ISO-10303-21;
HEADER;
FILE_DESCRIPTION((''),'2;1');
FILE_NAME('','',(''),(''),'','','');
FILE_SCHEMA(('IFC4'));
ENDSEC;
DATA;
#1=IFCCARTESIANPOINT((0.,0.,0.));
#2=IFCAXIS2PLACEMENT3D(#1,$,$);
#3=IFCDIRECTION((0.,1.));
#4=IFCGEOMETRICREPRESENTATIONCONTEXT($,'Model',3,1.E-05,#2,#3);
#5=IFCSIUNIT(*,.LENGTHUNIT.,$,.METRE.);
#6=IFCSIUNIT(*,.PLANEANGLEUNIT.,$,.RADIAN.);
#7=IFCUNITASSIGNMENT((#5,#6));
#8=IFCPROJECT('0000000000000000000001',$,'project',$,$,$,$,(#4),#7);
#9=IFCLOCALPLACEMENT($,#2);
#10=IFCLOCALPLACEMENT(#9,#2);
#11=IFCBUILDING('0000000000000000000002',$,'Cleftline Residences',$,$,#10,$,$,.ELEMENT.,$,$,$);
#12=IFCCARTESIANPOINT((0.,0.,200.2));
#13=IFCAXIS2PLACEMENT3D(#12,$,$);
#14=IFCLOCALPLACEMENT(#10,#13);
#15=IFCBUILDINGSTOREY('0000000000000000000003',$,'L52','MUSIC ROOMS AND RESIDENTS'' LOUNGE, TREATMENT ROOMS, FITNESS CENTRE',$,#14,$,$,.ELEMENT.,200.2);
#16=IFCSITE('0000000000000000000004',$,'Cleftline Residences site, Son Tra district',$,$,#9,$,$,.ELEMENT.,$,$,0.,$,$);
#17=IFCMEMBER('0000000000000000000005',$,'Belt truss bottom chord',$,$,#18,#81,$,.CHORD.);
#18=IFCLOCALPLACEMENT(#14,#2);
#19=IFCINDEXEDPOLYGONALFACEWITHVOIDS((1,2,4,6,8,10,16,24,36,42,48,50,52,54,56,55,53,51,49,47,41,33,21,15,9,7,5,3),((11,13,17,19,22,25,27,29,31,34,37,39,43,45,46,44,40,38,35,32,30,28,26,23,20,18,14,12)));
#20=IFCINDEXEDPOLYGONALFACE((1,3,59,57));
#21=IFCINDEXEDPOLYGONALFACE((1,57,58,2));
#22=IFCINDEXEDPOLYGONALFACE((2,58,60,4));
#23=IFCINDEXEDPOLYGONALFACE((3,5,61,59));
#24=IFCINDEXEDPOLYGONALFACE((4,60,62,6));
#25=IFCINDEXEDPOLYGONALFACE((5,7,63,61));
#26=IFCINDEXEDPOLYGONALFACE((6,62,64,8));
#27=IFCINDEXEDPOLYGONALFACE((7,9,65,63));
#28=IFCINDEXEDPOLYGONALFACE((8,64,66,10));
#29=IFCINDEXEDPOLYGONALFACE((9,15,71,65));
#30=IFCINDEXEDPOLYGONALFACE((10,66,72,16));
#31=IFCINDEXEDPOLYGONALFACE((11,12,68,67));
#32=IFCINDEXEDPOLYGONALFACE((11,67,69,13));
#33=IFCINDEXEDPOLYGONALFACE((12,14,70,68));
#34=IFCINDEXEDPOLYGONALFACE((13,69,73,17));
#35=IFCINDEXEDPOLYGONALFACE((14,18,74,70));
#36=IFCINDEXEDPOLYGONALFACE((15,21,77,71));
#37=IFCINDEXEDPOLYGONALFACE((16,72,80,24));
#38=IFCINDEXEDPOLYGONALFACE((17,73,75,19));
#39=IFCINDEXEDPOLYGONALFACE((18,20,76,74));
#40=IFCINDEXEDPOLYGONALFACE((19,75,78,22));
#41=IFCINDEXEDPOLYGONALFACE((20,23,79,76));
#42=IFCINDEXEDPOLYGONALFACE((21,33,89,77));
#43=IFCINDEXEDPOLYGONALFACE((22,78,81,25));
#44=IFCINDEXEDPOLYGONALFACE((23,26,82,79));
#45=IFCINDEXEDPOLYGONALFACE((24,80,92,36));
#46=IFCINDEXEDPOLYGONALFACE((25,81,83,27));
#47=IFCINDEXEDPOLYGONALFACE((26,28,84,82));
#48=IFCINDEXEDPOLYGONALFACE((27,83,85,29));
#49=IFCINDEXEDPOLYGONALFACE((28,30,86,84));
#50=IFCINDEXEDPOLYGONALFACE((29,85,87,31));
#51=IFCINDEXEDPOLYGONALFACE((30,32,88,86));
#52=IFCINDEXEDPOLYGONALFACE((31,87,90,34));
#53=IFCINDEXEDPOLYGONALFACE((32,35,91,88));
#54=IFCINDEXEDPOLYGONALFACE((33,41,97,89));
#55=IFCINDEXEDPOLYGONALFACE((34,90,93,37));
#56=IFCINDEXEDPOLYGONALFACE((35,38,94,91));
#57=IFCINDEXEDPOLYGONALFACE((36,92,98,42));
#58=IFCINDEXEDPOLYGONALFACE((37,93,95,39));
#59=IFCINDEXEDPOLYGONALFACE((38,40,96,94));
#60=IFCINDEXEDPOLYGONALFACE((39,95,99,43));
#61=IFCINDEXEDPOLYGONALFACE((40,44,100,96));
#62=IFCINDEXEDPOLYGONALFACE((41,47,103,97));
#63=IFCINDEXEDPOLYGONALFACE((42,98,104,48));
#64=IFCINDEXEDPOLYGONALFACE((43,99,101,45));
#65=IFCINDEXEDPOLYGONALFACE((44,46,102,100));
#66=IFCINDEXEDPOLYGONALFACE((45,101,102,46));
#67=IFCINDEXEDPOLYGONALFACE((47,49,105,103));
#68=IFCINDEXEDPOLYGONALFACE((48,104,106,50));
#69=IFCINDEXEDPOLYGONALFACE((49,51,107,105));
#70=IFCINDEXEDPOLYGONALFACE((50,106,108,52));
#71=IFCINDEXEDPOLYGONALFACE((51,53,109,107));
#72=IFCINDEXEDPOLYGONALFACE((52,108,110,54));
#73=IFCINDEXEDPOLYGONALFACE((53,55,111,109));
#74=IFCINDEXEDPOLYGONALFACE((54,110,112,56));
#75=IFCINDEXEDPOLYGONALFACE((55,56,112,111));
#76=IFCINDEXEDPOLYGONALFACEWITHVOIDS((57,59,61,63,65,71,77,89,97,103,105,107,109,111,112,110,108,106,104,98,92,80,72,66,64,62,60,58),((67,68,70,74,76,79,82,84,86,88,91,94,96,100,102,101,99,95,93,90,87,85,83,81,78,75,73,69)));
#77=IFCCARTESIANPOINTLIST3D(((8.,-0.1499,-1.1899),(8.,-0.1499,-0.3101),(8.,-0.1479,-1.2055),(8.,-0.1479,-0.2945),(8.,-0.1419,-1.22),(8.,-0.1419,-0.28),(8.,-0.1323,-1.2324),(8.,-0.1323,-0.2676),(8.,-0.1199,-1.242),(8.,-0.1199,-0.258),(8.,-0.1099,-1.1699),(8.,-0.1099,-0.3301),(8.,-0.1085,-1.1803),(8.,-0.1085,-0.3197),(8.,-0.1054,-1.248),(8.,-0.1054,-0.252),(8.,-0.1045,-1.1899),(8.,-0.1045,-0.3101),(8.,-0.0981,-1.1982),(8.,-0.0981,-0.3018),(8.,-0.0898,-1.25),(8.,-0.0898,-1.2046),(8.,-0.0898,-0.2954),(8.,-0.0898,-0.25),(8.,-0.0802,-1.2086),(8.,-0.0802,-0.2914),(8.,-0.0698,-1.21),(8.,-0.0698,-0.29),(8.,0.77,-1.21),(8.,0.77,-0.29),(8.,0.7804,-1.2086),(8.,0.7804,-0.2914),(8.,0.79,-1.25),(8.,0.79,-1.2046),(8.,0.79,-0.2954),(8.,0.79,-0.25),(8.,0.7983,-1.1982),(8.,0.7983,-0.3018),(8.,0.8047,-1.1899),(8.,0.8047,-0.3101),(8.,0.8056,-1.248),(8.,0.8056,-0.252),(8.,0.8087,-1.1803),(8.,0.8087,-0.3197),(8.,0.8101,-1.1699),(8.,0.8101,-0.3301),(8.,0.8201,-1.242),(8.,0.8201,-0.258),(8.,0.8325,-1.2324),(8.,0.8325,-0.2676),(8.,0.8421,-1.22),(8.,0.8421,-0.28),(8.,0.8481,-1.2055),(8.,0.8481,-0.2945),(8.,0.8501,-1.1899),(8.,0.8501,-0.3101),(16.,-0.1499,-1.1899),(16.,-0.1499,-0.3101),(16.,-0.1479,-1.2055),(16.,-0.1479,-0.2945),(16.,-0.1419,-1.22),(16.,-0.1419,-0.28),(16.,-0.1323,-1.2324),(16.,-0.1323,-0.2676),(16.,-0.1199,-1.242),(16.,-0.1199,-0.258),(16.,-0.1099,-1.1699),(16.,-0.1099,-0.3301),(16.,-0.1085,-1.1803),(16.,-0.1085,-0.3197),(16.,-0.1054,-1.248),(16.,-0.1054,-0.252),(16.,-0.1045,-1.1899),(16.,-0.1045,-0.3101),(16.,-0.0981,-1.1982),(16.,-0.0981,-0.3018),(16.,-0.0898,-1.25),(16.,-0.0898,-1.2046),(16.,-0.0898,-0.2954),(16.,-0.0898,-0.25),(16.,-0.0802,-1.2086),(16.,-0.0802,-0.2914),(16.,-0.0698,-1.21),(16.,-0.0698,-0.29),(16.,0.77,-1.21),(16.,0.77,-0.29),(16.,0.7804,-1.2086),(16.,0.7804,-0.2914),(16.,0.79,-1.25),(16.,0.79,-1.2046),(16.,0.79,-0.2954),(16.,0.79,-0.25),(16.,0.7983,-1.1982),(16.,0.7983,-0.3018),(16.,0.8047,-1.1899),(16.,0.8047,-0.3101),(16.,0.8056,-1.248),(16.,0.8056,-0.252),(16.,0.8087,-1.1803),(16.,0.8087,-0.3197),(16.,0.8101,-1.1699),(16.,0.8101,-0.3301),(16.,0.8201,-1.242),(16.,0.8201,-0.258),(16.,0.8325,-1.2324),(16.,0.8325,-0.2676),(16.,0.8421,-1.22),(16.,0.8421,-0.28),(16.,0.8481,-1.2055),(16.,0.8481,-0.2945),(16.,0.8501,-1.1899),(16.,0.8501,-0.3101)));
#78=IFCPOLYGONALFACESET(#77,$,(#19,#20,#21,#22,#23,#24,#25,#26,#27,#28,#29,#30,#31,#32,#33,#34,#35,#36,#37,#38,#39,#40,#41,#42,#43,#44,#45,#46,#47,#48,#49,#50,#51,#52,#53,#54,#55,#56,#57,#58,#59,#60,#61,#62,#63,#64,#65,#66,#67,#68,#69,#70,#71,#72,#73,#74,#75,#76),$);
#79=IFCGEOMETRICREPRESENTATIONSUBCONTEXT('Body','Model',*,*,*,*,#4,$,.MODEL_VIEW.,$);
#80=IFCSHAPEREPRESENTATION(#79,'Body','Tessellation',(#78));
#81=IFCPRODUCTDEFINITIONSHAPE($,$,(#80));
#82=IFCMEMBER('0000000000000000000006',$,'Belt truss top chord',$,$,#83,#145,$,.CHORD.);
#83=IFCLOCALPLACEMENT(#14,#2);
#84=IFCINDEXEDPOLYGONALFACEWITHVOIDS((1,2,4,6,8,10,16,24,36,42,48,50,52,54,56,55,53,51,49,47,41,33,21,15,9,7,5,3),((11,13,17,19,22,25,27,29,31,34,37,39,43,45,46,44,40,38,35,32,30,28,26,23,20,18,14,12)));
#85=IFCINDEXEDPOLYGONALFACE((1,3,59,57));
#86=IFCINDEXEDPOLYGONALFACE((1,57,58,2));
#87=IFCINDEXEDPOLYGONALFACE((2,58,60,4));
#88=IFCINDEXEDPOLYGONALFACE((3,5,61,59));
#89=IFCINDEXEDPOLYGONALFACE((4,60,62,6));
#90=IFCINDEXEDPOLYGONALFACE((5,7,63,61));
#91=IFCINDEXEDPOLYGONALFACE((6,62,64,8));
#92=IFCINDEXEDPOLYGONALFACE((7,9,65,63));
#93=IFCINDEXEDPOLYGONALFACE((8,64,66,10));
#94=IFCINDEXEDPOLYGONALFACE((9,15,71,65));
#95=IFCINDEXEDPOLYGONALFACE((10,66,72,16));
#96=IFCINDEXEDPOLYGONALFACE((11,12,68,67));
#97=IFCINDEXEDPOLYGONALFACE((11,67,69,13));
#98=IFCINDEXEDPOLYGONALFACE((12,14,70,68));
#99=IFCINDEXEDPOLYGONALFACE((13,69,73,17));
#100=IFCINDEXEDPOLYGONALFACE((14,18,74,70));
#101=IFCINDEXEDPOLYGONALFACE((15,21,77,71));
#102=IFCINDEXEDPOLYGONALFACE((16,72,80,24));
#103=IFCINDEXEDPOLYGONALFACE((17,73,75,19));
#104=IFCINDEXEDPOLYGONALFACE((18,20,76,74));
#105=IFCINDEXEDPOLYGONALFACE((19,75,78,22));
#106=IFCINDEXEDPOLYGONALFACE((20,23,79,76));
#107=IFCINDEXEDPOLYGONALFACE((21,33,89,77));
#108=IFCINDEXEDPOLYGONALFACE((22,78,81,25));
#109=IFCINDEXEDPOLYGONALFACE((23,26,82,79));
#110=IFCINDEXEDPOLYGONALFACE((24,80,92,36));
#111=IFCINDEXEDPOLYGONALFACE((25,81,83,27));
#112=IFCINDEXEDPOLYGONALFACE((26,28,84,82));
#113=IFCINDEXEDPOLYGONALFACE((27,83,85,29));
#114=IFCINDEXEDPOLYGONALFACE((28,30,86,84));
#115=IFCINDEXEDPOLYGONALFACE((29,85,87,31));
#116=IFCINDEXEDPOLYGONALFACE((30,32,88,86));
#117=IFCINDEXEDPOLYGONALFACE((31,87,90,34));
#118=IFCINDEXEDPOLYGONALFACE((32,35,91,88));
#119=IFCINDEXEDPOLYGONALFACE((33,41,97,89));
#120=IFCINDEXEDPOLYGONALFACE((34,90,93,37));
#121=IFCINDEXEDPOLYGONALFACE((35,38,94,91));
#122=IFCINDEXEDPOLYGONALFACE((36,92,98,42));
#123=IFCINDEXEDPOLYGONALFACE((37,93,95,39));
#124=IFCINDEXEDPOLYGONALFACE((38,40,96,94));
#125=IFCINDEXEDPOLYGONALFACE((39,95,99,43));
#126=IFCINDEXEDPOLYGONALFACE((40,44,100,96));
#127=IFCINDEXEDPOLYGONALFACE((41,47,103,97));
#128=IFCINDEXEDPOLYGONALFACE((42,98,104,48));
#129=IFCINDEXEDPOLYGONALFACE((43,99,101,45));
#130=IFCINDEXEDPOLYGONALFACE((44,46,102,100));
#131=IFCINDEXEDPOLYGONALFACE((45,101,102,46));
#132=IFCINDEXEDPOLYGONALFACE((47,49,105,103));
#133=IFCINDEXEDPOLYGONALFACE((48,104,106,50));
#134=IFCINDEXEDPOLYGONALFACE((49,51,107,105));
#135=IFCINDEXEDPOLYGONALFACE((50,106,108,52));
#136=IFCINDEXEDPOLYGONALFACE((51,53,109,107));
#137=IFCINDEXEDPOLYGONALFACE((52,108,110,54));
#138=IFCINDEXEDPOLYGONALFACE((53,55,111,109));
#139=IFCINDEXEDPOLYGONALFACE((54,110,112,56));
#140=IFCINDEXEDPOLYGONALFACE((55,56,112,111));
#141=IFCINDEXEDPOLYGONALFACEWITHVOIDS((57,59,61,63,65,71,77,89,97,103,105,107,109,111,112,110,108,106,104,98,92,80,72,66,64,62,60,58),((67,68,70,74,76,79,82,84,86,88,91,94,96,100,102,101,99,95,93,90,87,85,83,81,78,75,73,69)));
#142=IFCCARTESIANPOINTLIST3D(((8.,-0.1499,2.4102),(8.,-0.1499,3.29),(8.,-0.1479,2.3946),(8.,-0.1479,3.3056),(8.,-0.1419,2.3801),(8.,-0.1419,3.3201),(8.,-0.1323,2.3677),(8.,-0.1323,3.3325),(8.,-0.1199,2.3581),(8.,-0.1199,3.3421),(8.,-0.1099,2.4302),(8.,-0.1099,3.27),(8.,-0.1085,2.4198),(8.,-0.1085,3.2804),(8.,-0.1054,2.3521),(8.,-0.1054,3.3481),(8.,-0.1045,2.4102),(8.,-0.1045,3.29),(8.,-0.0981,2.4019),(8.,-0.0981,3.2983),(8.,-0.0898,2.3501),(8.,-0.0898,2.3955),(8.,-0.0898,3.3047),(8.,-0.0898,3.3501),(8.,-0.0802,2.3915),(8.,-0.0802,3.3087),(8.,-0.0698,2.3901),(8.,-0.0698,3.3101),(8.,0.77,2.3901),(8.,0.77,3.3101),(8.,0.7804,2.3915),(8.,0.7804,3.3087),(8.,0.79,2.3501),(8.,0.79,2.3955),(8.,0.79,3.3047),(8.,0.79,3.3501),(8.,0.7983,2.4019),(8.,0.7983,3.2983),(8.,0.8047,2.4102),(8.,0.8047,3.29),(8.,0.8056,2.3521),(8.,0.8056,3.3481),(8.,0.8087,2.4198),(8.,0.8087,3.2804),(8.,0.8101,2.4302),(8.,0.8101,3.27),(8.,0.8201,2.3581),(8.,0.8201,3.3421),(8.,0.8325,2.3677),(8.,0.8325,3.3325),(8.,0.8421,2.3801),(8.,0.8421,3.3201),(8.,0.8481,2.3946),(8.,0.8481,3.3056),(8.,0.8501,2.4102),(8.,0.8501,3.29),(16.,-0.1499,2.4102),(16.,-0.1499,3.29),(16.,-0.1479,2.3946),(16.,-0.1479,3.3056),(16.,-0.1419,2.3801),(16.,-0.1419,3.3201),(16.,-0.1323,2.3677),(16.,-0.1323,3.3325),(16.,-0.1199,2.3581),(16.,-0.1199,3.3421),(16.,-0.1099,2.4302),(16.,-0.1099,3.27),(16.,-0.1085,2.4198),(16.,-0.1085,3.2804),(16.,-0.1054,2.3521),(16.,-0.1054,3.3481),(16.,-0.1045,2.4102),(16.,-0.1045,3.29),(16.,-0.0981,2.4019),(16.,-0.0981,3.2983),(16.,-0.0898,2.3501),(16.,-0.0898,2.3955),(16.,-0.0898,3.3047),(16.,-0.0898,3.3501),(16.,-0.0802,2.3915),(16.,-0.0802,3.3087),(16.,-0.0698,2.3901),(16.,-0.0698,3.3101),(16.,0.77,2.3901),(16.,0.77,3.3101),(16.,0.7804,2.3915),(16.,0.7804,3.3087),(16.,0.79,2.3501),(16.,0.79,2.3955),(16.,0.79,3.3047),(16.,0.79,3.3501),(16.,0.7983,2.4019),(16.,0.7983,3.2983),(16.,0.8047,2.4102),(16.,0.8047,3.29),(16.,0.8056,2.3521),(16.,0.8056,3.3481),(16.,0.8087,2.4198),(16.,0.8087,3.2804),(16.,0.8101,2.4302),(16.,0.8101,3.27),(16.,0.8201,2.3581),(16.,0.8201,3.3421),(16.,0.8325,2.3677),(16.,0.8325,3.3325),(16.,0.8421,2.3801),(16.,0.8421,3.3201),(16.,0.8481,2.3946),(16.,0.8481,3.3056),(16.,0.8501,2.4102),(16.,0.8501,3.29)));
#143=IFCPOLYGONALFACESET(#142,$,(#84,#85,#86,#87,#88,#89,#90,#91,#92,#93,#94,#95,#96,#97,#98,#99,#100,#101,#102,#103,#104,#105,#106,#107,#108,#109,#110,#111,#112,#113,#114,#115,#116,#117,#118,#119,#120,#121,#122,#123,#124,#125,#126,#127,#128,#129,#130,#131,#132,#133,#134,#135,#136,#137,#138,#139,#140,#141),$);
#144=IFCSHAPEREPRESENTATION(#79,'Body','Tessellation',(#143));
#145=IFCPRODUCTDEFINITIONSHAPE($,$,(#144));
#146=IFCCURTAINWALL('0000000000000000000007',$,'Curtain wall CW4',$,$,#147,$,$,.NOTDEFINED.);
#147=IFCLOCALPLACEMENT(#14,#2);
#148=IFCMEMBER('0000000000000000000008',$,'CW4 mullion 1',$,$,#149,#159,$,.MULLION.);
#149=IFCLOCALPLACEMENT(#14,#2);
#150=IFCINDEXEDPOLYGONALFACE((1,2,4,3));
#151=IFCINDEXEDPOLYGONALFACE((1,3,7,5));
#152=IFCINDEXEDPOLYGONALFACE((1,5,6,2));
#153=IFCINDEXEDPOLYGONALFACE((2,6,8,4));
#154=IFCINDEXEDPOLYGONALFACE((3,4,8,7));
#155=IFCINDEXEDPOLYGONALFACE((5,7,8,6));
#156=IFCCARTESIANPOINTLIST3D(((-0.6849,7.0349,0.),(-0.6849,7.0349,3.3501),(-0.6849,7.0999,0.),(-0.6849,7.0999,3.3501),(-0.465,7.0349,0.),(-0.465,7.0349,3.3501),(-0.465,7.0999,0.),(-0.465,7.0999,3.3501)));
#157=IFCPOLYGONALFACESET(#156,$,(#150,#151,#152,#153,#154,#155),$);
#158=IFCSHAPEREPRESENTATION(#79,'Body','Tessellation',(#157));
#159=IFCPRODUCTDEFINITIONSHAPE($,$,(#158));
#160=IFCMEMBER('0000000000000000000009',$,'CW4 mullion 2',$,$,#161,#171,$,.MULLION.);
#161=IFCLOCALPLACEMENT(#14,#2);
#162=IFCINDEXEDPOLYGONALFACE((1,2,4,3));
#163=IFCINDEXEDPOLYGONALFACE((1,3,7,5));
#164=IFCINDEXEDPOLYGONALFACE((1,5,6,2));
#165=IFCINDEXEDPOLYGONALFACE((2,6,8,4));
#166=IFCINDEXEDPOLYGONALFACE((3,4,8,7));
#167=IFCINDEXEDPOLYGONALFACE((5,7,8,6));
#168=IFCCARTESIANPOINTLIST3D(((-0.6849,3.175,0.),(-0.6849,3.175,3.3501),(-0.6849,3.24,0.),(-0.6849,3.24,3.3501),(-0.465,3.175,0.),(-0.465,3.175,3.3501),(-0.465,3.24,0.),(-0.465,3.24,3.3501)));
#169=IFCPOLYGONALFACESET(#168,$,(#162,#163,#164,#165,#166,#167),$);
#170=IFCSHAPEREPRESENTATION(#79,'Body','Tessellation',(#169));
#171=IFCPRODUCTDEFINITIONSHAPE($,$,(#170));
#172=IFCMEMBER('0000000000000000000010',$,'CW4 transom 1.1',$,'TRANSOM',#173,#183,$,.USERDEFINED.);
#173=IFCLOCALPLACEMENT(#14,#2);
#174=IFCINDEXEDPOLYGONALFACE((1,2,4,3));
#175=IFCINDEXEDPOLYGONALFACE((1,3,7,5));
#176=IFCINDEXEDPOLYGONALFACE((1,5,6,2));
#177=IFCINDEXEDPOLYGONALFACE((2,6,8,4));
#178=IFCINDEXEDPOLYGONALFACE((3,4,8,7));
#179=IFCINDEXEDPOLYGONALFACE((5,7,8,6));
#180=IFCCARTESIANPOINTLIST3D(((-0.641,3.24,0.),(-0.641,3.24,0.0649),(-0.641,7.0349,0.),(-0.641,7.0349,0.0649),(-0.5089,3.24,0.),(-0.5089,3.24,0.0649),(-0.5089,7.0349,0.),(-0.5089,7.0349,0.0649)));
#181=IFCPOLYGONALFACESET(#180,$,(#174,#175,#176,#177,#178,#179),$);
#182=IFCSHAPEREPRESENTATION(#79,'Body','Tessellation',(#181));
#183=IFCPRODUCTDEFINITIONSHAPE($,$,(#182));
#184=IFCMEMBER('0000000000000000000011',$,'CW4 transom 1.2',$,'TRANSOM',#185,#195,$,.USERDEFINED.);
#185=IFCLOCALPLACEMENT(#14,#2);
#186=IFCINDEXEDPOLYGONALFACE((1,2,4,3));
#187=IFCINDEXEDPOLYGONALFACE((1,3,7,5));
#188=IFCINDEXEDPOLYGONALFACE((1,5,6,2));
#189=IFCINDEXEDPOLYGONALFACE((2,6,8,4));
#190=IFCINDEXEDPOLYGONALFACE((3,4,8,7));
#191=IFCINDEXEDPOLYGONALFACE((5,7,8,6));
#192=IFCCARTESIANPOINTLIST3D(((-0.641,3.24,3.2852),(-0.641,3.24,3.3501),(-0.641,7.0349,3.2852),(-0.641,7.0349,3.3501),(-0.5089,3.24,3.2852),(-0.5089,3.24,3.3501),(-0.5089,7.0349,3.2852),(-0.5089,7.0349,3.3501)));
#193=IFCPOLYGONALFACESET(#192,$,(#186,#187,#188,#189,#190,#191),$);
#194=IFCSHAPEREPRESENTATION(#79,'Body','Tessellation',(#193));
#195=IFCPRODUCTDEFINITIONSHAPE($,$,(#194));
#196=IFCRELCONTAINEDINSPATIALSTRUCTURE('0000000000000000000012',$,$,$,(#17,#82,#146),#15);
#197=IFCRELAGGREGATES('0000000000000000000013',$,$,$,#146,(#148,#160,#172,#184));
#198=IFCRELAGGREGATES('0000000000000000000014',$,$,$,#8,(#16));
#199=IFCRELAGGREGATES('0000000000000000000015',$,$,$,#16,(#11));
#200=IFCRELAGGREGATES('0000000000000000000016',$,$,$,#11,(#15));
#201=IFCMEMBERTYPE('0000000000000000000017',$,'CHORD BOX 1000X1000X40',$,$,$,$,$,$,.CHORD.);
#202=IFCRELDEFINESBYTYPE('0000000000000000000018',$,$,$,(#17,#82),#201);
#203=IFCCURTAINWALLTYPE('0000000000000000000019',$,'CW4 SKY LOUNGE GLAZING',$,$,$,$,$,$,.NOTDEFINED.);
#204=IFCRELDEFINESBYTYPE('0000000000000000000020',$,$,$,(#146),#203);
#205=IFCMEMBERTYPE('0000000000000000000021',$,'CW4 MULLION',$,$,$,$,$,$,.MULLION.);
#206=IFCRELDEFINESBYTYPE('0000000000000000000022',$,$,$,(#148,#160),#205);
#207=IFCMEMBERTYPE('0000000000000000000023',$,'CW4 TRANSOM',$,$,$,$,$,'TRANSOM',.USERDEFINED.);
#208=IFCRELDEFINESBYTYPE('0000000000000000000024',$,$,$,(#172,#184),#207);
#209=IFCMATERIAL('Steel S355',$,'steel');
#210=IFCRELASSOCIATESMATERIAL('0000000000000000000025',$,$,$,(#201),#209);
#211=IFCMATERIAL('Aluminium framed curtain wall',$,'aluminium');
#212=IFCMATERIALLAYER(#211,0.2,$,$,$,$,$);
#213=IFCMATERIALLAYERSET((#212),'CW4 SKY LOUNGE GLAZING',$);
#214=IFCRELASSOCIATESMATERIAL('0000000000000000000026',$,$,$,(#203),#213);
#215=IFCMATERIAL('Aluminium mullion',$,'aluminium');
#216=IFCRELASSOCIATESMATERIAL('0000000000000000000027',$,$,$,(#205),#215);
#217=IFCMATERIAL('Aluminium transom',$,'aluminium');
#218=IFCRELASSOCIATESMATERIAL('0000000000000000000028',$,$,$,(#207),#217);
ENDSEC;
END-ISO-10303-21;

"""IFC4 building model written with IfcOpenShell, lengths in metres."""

from ifc_helpers import new_model, si_unit, direction, frame, origin, origin_2d, place, context, subcontext, project, spatial, rectangle, hollow_rectangle, extrude, material, layer, layer_set, material_profile, profile_set, type_object, element, aggregate, save


model = new_model("IFC4")

# Units and contexts
model_context = context("Model", 3, precision=1e-05, world=origin(), true_north=direction((0.0, 1.0)))
body_context = subcontext(model_context, "Body", "Model", "MODEL_VIEW")
ifc_project = project(units=[si_unit("LENGTHUNIT", "METRE"), si_unit("PLANEANGLEUNIT", "RADIAN")], contexts=[model_context])

# Site, building, storey
site_placement = place(None, origin())
site = spatial("IfcSite", under=ifc_project, at=site_placement, Name="Cleftline Residences site, Son Tra district", CompositionType="ELEMENT", RefElevation=0.0)
building_placement = place(site_placement, origin())
building = spatial("IfcBuilding", under=site, at=building_placement, Name="Cleftline Residences", CompositionType="ELEMENT")
storey_placement = place(building_placement, frame((0.0, 0.0, 200.2)))
storey = spatial("IfcBuildingStorey", under=building, at=storey_placement, Name="L52", Description="MUSIC ROOMS AND RESIDENTS' LOUNGE, TREATMENT ROOMS, FITNESS CENTRE", CompositionType="ELEMENT", Elevation=200.2)

# Members
ifc_material_1 = material(Name="Steel S355", Category="steel")
ifc_material_profile_1 = material_profile(ifc_material_1, hollow_rectangle(XDim=1.0, YDim=1.0, WallThickness=0.04, InnerFilletRadius=0.04, OuterFilletRadius=0.0601, at=origin_2d()))
ifc_profile_set_1 = profile_set([ifc_material_profile_1], Name="Steel S355")
member_type_1 = type_object("IfcMemberType", Name="CHORD BOX 1000X1000X40", PredefinedType="CHORD", material=ifc_profile_set_1)
for number, where, z_axis, x_axis, name in (
    (1, (8.0, 0.3501, -0.75), (1.0, 0.0, 0.0), (0.0, 1.0, 0.0), "Belt truss bottom chord"),
    (2, (8.0, 0.3501, 2.8501), (1.0, 0.0, 0.0), (0.0, 1.0, 0.0), "Belt truss top chord"),
):
    element("IfcMember", number, at=place(storey_placement, frame(where, z_axis=z_axis, x_axis=x_axis)), inside=storey, type_object=member_type_1, Name=name, PredefinedType="CHORD", context=body_context, shape_type="SweptSolid", body=[
        extrude(hollow_rectangle(XDim=1.0, YDim=1.0, WallThickness=0.04, InnerFilletRadius=0.04, OuterFilletRadius=0.0601, at=origin_2d()), origin(), (0.0, 0.0, 1.0), 8.0),
    ])

# Curtain wall, members
ifc_material_2 = material(Name="Aluminium framed curtain wall", Category="aluminium")
ifc_layer_1 = layer(ifc_material_2, 0.2)
ifc_layer_set_1 = layer_set([ifc_layer_1], Name="CW4 SKY LOUNGE GLAZING")
curtain_wall_type = type_object("IfcCurtainWallType", Name="CW4 SKY LOUNGE GLAZING", PredefinedType="NOTDEFINED", material=ifc_layer_set_1)
curtain_wall_placement = place(storey_placement, origin())
curtain_wall = element("IfcCurtainWall", 3, at=curtain_wall_placement, inside=storey, type_object=curtain_wall_type, Name="Curtain wall CW4", PredefinedType="NOTDEFINED")
ifc_material_3 = material(Name="Aluminium mullion", Category="aluminium")
ifc_material_profile_2 = material_profile(ifc_material_3, rectangle(XDim=0.22, YDim=0.0649, at=origin_2d()))
ifc_profile_set_2 = profile_set([ifc_material_profile_2], Name="Aluminium mullion")
member_type_2 = type_object("IfcMemberType", Name="CW4 MULLION", PredefinedType="MULLION", material=ifc_profile_set_2)
member_1_placement = place(storey_placement, frame((-0.575, 7.0674, 0.0), z_axis=(0.0, 0.0, 1.0), x_axis=(1.0, 0.0, 0.0)))
member_1 = element("IfcMember", 4, at=member_1_placement, type_object=member_type_2, Name="CW4 mullion 1", PredefinedType="MULLION", context=body_context, shape_type="SweptSolid", body=[
    extrude(rectangle(XDim=0.22, YDim=0.0649, at=origin_2d()), origin(), (0.0, 0.0, 1.0), 3.3501),
])
member_2_placement = place(storey_placement, frame((-0.575, 3.2075, 0.0), z_axis=(0.0, 0.0, 1.0), x_axis=(1.0, 0.0, 0.0)))
member_2 = element("IfcMember", 5, at=member_2_placement, type_object=member_type_2, Name="CW4 mullion 2", PredefinedType="MULLION", context=body_context, shape_type="SweptSolid", body=[
    extrude(rectangle(XDim=0.22, YDim=0.0649, at=origin_2d()), origin(), (0.0, 0.0, 1.0), 3.3501),
])
ifc_material_4 = material(Name="Aluminium transom", Category="aluminium")
ifc_material_profile_3 = material_profile(ifc_material_4, rectangle(XDim=0.1321, YDim=0.0649, at=origin_2d()))
ifc_profile_set_3 = profile_set([ifc_material_profile_3], Name="Aluminium transom")
member_type_3 = type_object("IfcMemberType", Name="CW4 TRANSOM", ElementType="TRANSOM", PredefinedType="USERDEFINED", material=ifc_profile_set_3)
member_3_placement = place(storey_placement, frame((-0.575, 7.0349, 0.0325), z_axis=(0.0, -1.0, 0.0), x_axis=(1.0, 0.0, 0.0)))
member_3 = element("IfcMember", 6, at=member_3_placement, type_object=member_type_3, Name="CW4 transom 1.1", ObjectType="TRANSOM", PredefinedType="USERDEFINED", context=body_context, shape_type="SweptSolid", body=[
    extrude(rectangle(XDim=0.1321, YDim=0.0649, at=origin_2d()), origin(), (0.0, 0.0, 1.0), 3.7949),
])
member_4_placement = place(storey_placement, frame((-0.575, 7.0349, 3.3176), z_axis=(0.0, -1.0, 0.0), x_axis=(1.0, 0.0, 0.0)))
member_4 = element("IfcMember", 7, at=member_4_placement, type_object=member_type_3, Name="CW4 transom 1.2", ObjectType="TRANSOM", PredefinedType="USERDEFINED", context=body_context, shape_type="SweptSolid", body=[
    extrude(rectangle(XDim=0.1321, YDim=0.0649, at=origin_2d()), origin(), (0.0, 0.0, 1.0), 3.7949),
])
aggregate(curtain_wall, [member_1, member_2, member_3, member_4])

save(model, "model.ifc")
